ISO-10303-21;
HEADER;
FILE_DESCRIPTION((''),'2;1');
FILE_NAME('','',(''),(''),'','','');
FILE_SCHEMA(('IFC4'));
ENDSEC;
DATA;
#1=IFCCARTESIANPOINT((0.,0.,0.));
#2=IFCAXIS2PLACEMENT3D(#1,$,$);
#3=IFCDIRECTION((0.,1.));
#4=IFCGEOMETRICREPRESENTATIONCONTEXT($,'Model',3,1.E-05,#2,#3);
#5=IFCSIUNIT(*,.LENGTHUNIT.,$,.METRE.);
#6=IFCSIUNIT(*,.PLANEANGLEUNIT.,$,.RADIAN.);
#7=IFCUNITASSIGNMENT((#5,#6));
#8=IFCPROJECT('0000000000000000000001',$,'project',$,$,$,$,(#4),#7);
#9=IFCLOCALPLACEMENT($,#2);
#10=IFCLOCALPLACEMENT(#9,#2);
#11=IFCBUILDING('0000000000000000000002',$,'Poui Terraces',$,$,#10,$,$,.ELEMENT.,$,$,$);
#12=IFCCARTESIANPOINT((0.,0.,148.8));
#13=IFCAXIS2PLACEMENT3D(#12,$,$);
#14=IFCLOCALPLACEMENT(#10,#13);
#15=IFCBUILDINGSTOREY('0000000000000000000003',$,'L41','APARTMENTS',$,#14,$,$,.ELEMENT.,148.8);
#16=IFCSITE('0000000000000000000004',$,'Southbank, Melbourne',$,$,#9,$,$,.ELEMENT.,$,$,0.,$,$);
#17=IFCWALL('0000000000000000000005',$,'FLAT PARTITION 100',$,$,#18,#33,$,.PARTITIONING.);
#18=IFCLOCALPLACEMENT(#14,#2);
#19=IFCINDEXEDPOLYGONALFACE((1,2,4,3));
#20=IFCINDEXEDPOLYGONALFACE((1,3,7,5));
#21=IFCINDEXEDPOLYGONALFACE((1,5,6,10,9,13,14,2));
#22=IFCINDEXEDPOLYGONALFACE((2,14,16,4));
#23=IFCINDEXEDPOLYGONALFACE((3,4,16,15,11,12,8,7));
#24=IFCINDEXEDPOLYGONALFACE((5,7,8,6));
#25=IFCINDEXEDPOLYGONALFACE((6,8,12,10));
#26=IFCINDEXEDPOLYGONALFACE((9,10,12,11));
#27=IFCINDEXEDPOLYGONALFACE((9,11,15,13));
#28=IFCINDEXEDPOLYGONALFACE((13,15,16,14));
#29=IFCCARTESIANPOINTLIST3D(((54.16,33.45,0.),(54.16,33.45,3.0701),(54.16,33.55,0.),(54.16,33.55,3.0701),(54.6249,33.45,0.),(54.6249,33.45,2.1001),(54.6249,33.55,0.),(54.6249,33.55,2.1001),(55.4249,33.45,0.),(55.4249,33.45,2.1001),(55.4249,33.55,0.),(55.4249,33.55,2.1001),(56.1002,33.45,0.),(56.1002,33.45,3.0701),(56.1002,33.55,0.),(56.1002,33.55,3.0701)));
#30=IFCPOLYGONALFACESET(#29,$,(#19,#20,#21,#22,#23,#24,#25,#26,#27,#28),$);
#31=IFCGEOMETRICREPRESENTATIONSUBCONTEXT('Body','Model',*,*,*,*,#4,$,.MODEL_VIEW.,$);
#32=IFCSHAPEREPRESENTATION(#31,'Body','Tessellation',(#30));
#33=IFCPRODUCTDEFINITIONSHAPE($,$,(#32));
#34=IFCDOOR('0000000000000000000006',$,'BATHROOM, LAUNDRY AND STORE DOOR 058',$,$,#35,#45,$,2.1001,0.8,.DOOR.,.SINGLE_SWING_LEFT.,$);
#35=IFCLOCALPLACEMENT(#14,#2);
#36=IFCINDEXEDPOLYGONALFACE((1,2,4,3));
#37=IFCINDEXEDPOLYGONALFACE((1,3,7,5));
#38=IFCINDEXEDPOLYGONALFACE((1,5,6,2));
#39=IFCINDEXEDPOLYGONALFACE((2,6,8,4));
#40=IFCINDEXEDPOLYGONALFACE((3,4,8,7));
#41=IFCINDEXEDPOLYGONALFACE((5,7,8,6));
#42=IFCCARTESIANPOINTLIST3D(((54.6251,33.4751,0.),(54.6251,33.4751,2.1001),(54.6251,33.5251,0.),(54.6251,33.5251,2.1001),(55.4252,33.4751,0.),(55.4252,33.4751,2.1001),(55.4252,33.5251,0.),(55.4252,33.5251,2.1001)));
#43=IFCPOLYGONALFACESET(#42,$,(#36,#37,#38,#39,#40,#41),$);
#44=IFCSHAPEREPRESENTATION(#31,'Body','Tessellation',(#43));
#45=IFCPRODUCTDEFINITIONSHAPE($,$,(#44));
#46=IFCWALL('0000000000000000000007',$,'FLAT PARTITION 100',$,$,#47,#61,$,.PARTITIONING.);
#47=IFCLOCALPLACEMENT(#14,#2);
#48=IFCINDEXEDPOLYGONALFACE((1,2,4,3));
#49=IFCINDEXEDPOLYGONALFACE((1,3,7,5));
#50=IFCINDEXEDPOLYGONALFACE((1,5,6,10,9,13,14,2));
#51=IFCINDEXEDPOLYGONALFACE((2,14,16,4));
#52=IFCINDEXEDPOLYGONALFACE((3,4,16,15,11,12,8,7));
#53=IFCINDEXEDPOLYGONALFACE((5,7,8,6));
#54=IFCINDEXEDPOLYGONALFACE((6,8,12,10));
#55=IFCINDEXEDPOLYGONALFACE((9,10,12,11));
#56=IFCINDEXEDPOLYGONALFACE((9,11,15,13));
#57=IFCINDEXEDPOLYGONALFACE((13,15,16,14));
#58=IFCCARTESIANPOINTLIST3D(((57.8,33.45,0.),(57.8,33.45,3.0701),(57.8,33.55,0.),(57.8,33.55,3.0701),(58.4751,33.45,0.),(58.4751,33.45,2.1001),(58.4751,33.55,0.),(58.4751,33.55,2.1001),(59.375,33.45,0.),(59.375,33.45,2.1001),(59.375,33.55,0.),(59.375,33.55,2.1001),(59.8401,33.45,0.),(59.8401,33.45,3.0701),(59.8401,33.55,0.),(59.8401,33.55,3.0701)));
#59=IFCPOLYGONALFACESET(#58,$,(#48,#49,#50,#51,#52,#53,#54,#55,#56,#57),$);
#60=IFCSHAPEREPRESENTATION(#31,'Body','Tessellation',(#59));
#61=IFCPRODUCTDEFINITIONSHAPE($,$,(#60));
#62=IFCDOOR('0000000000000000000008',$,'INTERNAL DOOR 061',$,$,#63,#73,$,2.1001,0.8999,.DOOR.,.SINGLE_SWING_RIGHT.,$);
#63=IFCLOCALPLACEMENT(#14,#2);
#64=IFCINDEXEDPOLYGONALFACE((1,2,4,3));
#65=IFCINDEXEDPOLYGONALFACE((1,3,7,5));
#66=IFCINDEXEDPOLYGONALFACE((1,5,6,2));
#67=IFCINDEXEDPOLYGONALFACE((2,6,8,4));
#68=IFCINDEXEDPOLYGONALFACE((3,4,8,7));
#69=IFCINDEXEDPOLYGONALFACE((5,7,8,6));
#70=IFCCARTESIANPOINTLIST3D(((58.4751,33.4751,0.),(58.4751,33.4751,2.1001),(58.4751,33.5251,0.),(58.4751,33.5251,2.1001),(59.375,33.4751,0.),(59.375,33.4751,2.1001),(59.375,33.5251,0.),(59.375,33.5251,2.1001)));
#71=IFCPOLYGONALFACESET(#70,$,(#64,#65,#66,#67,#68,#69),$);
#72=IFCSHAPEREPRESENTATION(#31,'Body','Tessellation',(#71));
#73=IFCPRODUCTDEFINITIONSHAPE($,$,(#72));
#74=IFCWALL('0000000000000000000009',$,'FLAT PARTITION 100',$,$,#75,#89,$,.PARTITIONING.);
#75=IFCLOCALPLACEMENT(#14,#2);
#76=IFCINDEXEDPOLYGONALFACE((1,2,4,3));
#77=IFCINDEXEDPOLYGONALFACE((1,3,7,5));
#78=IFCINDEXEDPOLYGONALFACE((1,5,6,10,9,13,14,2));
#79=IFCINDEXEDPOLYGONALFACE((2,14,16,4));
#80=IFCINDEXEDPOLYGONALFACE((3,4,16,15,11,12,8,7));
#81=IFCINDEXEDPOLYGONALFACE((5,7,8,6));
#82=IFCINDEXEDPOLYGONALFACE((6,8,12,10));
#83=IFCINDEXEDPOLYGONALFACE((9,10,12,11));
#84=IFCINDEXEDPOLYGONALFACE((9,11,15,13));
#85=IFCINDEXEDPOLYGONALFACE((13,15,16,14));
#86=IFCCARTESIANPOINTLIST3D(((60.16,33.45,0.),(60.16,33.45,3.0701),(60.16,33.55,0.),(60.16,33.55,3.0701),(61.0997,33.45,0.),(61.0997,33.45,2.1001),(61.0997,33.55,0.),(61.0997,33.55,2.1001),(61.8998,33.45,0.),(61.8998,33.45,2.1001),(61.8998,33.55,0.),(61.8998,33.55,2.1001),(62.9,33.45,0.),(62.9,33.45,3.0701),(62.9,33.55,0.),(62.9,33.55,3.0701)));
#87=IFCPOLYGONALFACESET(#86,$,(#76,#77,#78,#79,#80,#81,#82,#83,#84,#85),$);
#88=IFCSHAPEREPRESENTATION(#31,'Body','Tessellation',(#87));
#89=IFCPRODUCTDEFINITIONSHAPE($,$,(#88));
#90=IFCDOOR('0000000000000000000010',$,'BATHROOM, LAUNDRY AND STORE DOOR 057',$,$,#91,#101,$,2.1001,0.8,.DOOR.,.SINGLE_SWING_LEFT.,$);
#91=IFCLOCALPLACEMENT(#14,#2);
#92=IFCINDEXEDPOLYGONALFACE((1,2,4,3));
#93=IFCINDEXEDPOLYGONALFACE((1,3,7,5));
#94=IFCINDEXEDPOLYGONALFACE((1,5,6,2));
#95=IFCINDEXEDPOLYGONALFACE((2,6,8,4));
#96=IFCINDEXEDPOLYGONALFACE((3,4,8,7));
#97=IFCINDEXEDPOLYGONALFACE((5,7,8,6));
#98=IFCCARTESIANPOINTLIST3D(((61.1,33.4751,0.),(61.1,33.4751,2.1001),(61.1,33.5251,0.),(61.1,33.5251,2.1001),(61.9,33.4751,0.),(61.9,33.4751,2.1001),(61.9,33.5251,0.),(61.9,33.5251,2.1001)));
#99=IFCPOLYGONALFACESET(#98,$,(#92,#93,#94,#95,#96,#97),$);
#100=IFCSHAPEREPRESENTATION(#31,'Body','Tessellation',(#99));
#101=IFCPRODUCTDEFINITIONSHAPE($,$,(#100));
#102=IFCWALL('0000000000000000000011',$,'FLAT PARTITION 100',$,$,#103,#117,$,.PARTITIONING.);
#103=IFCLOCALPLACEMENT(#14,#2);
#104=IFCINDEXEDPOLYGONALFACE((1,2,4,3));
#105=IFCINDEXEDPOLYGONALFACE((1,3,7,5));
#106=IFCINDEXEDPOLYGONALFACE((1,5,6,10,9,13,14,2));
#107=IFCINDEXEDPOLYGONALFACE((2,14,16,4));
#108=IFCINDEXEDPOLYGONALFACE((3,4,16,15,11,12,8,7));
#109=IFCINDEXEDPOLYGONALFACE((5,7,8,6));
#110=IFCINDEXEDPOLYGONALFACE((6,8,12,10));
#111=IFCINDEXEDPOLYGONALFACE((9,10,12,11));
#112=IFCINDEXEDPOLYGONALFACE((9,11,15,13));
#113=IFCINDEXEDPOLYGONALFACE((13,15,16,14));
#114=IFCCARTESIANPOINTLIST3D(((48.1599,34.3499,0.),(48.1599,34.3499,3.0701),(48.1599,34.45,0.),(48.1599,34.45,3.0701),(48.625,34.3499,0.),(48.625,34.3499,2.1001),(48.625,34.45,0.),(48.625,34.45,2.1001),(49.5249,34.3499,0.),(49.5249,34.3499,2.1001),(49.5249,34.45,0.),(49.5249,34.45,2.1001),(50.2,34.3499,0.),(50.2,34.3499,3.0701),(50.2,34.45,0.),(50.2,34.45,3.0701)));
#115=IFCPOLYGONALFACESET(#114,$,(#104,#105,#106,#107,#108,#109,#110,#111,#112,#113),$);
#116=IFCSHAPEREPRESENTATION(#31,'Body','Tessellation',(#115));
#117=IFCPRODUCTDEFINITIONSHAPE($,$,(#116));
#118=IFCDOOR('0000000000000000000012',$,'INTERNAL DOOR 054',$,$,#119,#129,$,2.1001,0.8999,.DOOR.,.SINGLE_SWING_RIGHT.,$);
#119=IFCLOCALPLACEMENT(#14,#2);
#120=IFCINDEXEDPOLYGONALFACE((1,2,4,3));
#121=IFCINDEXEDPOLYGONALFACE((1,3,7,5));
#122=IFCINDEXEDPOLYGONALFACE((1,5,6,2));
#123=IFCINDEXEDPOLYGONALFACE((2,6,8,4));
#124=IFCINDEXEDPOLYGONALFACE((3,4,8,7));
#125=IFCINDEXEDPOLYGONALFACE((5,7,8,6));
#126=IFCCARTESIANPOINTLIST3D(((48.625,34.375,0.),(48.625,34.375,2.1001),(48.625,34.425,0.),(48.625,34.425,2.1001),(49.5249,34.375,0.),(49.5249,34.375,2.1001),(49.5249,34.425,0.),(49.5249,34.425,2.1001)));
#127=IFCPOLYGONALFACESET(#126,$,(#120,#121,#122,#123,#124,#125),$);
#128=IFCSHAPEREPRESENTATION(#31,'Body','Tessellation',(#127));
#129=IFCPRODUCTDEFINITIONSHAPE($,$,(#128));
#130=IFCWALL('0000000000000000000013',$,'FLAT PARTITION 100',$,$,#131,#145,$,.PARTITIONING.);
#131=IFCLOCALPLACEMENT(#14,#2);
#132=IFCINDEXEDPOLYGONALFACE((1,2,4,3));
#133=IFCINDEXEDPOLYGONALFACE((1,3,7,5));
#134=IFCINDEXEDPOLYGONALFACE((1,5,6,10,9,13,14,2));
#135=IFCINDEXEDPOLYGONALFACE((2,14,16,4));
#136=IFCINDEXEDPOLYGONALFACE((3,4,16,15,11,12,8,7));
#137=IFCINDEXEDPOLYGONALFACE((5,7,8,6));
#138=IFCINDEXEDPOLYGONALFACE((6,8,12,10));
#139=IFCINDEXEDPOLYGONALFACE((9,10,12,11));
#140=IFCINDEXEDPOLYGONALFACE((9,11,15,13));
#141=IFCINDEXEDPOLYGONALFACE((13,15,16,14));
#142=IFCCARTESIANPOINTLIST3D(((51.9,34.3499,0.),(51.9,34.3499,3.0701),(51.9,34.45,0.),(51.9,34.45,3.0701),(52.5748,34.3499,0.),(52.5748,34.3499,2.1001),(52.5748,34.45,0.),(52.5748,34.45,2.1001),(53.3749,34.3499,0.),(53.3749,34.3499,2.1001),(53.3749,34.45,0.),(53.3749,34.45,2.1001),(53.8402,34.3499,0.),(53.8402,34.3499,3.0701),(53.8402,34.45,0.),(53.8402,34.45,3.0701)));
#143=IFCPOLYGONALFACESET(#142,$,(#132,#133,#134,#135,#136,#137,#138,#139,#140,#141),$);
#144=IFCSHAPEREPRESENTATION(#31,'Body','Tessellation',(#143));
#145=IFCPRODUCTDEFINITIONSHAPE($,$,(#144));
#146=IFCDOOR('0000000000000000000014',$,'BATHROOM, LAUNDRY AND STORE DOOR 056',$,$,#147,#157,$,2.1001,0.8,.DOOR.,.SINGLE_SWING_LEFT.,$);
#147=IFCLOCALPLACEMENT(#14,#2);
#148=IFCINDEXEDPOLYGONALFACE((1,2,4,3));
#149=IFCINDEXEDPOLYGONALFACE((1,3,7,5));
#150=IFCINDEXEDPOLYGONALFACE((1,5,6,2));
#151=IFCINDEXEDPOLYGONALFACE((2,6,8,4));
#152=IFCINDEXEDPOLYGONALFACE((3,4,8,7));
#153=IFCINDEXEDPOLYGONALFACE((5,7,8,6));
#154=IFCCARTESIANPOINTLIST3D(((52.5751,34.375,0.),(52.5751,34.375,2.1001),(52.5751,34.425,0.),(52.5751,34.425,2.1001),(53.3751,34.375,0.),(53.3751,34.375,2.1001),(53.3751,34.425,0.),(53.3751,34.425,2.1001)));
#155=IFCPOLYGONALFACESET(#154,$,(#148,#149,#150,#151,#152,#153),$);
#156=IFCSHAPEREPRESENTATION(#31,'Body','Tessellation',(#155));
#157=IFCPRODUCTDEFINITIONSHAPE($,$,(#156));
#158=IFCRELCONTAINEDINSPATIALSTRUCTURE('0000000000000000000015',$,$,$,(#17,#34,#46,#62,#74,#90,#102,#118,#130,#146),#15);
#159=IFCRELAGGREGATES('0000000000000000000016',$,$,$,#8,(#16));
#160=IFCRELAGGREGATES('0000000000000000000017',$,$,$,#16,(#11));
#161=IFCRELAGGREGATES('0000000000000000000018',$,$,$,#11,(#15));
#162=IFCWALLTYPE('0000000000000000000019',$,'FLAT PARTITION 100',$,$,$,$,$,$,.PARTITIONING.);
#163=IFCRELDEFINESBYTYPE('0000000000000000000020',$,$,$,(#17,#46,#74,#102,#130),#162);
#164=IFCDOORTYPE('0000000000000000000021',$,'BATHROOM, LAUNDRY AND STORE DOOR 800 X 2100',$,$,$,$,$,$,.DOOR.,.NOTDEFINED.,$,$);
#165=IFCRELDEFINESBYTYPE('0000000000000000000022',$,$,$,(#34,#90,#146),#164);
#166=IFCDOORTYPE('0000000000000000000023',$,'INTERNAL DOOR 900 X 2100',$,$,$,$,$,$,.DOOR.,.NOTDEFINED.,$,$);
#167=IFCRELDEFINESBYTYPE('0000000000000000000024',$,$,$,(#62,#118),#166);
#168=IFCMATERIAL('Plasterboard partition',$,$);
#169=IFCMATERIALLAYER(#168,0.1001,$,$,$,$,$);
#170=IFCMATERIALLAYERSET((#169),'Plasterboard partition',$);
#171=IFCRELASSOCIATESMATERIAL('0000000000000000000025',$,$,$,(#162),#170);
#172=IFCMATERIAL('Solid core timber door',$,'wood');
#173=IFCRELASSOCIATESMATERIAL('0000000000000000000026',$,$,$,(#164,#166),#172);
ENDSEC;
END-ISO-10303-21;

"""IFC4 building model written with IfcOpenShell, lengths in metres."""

from ifc_helpers import new_model, si_unit, direction, frame, frame_2d, origin, place, context, subcontext, project, spatial, rectangle, extrude, material, layer, layer_set, type_object, element, fill, save


model = new_model("IFC4")

# Units and contexts
model_context = context("Model", 3, precision=1e-05, world=origin(), true_north=direction((0.0, 1.0)))
body_context = subcontext(model_context, "Body", "Model", "MODEL_VIEW")
ifc_project = project(units=[si_unit("LENGTHUNIT", "METRE"), si_unit("PLANEANGLEUNIT", "RADIAN")], contexts=[model_context])

# Site, building, storey
site_placement = place(None, origin())
site = spatial("IfcSite", under=ifc_project, at=site_placement, Name="Southbank, Melbourne", CompositionType="ELEMENT", RefElevation=0.0)
building_placement = place(site_placement, origin())
building = spatial("IfcBuilding", under=site, at=building_placement, Name="Poui Terraces", CompositionType="ELEMENT")
storey_placement = place(building_placement, frame((0.0, 0.0, 148.8)))
storey = spatial("IfcBuildingStorey", under=building, at=storey_placement, Name="L41", Description="APARTMENTS", CompositionType="ELEMENT", Elevation=148.8)

# Walls, openings, doors
ifc_material_1 = material(Name="Plasterboard partition")
ifc_layer_1 = layer(ifc_material_1, 0.1001)
ifc_layer_set_1 = layer_set([ifc_layer_1], Name="Plasterboard partition")
wall_type_1 = type_object("IfcWallType", Name="FLAT PARTITION 100", PredefinedType="PARTITIONING", material=ifc_layer_set_1)
wall_1_placement = place(storey_placement, frame((54.1599, 33.5, 0.0), z_axis=(0.0, 0.0, 1.0), x_axis=(1.0, 0.0, 0.0)))
wall_1 = element("IfcWall", 1, at=wall_1_placement, inside=storey, type_object=wall_type_1, Name="FLAT PARTITION 100", PredefinedType="PARTITIONING", context=body_context, shape_type="SweptSolid", body=[
    extrude(rectangle(XDim=1.9402, YDim=0.1001, at=frame_2d((0.9702, 0.0))), origin(), (0.0, 0.0, 1.0), 3.0701),
])
opening_1_placement = place(wall_1_placement, frame((0.4651, 0.0, 0.0)))
opening_1 = element("IfcOpeningElement", 2, at=opening_1_placement, cuts=wall_1, PredefinedType="OPENING", context=body_context, shape_type="SweptSolid", body=[
    extrude(rectangle(XDim=0.8, YDim=2.1001, at=frame_2d((0.3999, 1.05))), frame((0.0, 0.0601, 0.0), z_axis=(0.0, -1.0, 0.0), x_axis=(1.0, 0.0, 0.0)), (0.0, 0.0, 1.0), 0.1201),
])
ifc_material_2 = material(Name="Solid core timber door", Category="wood")
door_type_1 = type_object("IfcDoorType", Name="BATHROOM, LAUNDRY AND STORE DOOR 800 X 2100", OperationType="NOTDEFINED", PredefinedType="DOOR", material=ifc_material_2)
door_1_placement = place(opening_1_placement, frame((0.8, 0.0, 0.0), z_axis=(0.0, 0.0, 1.0), x_axis=(-1.0, 0.0, 0.0)))
door_1 = element("IfcDoor", 3, at=door_1_placement, inside=storey, type_object=door_type_1, Name="BATHROOM, LAUNDRY AND STORE DOOR 058", OperationType="SINGLE_SWING_LEFT", OverallHeight=2.1001, OverallWidth=0.8, PredefinedType="DOOR", context=body_context, shape_type="SweptSolid", body=[
    extrude(rectangle(XDim=0.8, YDim=2.1001, at=frame_2d((0.3999, 1.05))), frame((0.0, 0.0249, 0.0), z_axis=(0.0, -1.0, 0.0), x_axis=(1.0, 0.0, 0.0)), (0.0, 0.0, 1.0), 0.05),
])
fill(opening_1, door_1)
wall_2_placement = place(storey_placement, frame((57.8, 33.5, 0.0), z_axis=(0.0, 0.0, 1.0), x_axis=(1.0, 0.0, 0.0)))
wall_2 = element("IfcWall", 4, at=wall_2_placement, inside=storey, type_object=wall_type_1, Name="FLAT PARTITION 100", PredefinedType="PARTITIONING", context=body_context, shape_type="SweptSolid", body=[
    extrude(rectangle(XDim=2.04, YDim=0.1001, at=frame_2d((1.02, 0.0))), origin(), (0.0, 0.0, 1.0), 3.0701),
])
opening_2_placement = place(wall_2_placement, frame((0.675, 0.0, 0.0)))
opening_2 = element("IfcOpeningElement", 5, at=opening_2_placement, cuts=wall_2, PredefinedType="OPENING", context=body_context, shape_type="SweptSolid", body=[
    extrude(rectangle(XDim=0.8999, YDim=2.1001, at=frame_2d((0.45, 1.05))), frame((0.0, 0.0601, 0.0), z_axis=(0.0, -1.0, 0.0), x_axis=(1.0, 0.0, 0.0)), (0.0, 0.0, 1.0), 0.1201),
])
door_type_2 = type_object("IfcDoorType", Name="INTERNAL DOOR 900 X 2100", OperationType="NOTDEFINED", PredefinedType="DOOR", material=ifc_material_2)
door_2_placement = place(opening_2_placement, frame((0.8999, 0.0, 0.0), z_axis=(0.0, 0.0, 1.0), x_axis=(-1.0, 0.0, 0.0)))
door_2 = element("IfcDoor", 6, at=door_2_placement, inside=storey, type_object=door_type_2, Name="INTERNAL DOOR 061", OperationType="SINGLE_SWING_RIGHT", OverallHeight=2.1001, OverallWidth=0.8999, PredefinedType="DOOR", context=body_context, shape_type="SweptSolid", body=[
    extrude(rectangle(XDim=0.8999, YDim=2.1001, at=frame_2d((0.45, 1.05))), frame((0.0, 0.0249, 0.0), z_axis=(0.0, -1.0, 0.0), x_axis=(1.0, 0.0, 0.0)), (0.0, 0.0, 1.0), 0.05),
])
fill(opening_2, door_2)
wall_3_placement = place(storey_placement, frame((60.1599, 33.5, 0.0), z_axis=(0.0, 0.0, 1.0), x_axis=(1.0, 0.0, 0.0)))
wall_3 = element("IfcWall", 7, at=wall_3_placement, inside=storey, type_object=wall_type_1, Name="FLAT PARTITION 100", PredefinedType="PARTITIONING", context=body_context, shape_type="SweptSolid", body=[
    extrude(rectangle(XDim=2.74, YDim=0.1001, at=frame_2d((1.3701, 0.0))), origin(), (0.0, 0.0, 1.0), 3.0701),
])
opening_3_placement = place(wall_3_placement, frame((0.9399, 0.0, 0.0)))
opening_3 = element("IfcOpeningElement", 8, at=opening_3_placement, cuts=wall_3, PredefinedType="OPENING", context=body_context, shape_type="SweptSolid", body=[
    extrude(rectangle(XDim=0.8, YDim=2.1001, at=frame_2d((0.3999, 1.05))), frame((0.0, 0.0601, 0.0), z_axis=(0.0, -1.0, 0.0), x_axis=(1.0, 0.0, 0.0)), (0.0, 0.0, 1.0), 0.1201),
])
door_3_placement = place(opening_3_placement, frame((0.8, 0.0, 0.0), z_axis=(0.0, 0.0, 1.0), x_axis=(-1.0, 0.0, 0.0)))
door_3 = element("IfcDoor", 9, at=door_3_placement, inside=storey, type_object=door_type_1, Name="BATHROOM, LAUNDRY AND STORE DOOR 057", OperationType="SINGLE_SWING_LEFT", OverallHeight=2.1001, OverallWidth=0.8, PredefinedType="DOOR", context=body_context, shape_type="SweptSolid", body=[
    extrude(rectangle(XDim=0.8, YDim=2.1001, at=frame_2d((0.3999, 1.05))), frame((0.0, 0.0249, 0.0), z_axis=(0.0, -1.0, 0.0), x_axis=(1.0, 0.0, 0.0)), (0.0, 0.0, 1.0), 0.05),
])
fill(opening_3, door_3)
wall_4_placement = place(storey_placement, frame((48.1599, 34.3999, 0.0), z_axis=(0.0, 0.0, 1.0), x_axis=(1.0, 0.0, 0.0)))
wall_4 = element("IfcWall", 10, at=wall_4_placement, inside=storey, type_object=wall_type_1, Name="FLAT PARTITION 100", PredefinedType="PARTITIONING", context=body_context, shape_type="SweptSolid", body=[
    extrude(rectangle(XDim=2.04, YDim=0.1001, at=frame_2d((1.02, 0.0))), origin(), (0.0, 0.0, 1.0), 3.0701),
])
opening_4_placement = place(wall_4_placement, frame((0.4651, 0.0, 0.0)))
opening_4 = element("IfcOpeningElement", 11, at=opening_4_placement, cuts=wall_4, PredefinedType="OPENING", context=body_context, shape_type="SweptSolid", body=[
    extrude(rectangle(XDim=0.8999, YDim=2.1001, at=frame_2d((0.45, 1.05))), frame((0.0, 0.0601, 0.0), z_axis=(0.0, -1.0, 0.0), x_axis=(1.0, 0.0, 0.0)), (0.0, 0.0, 1.0), 0.1201),
])
door_4_placement = place(opening_4_placement, frame((0.8999, 0.0, 0.0), z_axis=(0.0, 0.0, 1.0), x_axis=(-1.0, 0.0, 0.0)))
door_4 = element("IfcDoor", 12, at=door_4_placement, inside=storey, type_object=door_type_2, Name="INTERNAL DOOR 054", OperationType="SINGLE_SWING_RIGHT", OverallHeight=2.1001, OverallWidth=0.8999, PredefinedType="DOOR", context=body_context, shape_type="SweptSolid", body=[
    extrude(rectangle(XDim=0.8999, YDim=2.1001, at=frame_2d((0.45, 1.05))), frame((0.0, 0.0249, 0.0), z_axis=(0.0, -1.0, 0.0), x_axis=(1.0, 0.0, 0.0)), (0.0, 0.0, 1.0), 0.05),
])
fill(opening_4, door_4)
wall_5_placement = place(storey_placement, frame((51.8999, 34.3999, 0.0), z_axis=(0.0, 0.0, 1.0), x_axis=(1.0, 0.0, 0.0)))
wall_5 = element("IfcWall", 13, at=wall_5_placement, inside=storey, type_object=wall_type_1, Name="FLAT PARTITION 100", PredefinedType="PARTITIONING", context=body_context, shape_type="SweptSolid", body=[
    extrude(rectangle(XDim=1.9402, YDim=0.1001, at=frame_2d((0.9702, 0.0))), origin(), (0.0, 0.0, 1.0), 3.0701),
])
opening_5_placement = place(wall_5_placement, frame((0.675, 0.0, 0.0)))
opening_5 = element("IfcOpeningElement", 14, at=opening_5_placement, cuts=wall_5, PredefinedType="OPENING", context=body_context, shape_type="SweptSolid", body=[
    extrude(rectangle(XDim=0.8, YDim=2.1001, at=frame_2d((0.3999, 1.05))), frame((0.0, 0.0601, 0.0), z_axis=(0.0, -1.0, 0.0), x_axis=(1.0, 0.0, 0.0)), (0.0, 0.0, 1.0), 0.1201),
])
door_5_placement = place(opening_5_placement, frame((0.8, 0.0, 0.0), z_axis=(0.0, 0.0, 1.0), x_axis=(-1.0, 0.0, 0.0)))
door_5 = element("IfcDoor", 15, at=door_5_placement, inside=storey, type_object=door_type_1, Name="BATHROOM, LAUNDRY AND STORE DOOR 056", OperationType="SINGLE_SWING_LEFT", OverallHeight=2.1001, OverallWidth=0.8, PredefinedType="DOOR", context=body_context, shape_type="SweptSolid", body=[
    extrude(rectangle(XDim=0.8, YDim=2.1001, at=frame_2d((0.3999, 1.05))), frame((0.0, 0.0249, 0.0), z_axis=(0.0, -1.0, 0.0), x_axis=(1.0, 0.0, 0.0)), (0.0, 0.0, 1.0), 0.05),
])
fill(opening_5, door_5)

save(model, "model.ifc")
